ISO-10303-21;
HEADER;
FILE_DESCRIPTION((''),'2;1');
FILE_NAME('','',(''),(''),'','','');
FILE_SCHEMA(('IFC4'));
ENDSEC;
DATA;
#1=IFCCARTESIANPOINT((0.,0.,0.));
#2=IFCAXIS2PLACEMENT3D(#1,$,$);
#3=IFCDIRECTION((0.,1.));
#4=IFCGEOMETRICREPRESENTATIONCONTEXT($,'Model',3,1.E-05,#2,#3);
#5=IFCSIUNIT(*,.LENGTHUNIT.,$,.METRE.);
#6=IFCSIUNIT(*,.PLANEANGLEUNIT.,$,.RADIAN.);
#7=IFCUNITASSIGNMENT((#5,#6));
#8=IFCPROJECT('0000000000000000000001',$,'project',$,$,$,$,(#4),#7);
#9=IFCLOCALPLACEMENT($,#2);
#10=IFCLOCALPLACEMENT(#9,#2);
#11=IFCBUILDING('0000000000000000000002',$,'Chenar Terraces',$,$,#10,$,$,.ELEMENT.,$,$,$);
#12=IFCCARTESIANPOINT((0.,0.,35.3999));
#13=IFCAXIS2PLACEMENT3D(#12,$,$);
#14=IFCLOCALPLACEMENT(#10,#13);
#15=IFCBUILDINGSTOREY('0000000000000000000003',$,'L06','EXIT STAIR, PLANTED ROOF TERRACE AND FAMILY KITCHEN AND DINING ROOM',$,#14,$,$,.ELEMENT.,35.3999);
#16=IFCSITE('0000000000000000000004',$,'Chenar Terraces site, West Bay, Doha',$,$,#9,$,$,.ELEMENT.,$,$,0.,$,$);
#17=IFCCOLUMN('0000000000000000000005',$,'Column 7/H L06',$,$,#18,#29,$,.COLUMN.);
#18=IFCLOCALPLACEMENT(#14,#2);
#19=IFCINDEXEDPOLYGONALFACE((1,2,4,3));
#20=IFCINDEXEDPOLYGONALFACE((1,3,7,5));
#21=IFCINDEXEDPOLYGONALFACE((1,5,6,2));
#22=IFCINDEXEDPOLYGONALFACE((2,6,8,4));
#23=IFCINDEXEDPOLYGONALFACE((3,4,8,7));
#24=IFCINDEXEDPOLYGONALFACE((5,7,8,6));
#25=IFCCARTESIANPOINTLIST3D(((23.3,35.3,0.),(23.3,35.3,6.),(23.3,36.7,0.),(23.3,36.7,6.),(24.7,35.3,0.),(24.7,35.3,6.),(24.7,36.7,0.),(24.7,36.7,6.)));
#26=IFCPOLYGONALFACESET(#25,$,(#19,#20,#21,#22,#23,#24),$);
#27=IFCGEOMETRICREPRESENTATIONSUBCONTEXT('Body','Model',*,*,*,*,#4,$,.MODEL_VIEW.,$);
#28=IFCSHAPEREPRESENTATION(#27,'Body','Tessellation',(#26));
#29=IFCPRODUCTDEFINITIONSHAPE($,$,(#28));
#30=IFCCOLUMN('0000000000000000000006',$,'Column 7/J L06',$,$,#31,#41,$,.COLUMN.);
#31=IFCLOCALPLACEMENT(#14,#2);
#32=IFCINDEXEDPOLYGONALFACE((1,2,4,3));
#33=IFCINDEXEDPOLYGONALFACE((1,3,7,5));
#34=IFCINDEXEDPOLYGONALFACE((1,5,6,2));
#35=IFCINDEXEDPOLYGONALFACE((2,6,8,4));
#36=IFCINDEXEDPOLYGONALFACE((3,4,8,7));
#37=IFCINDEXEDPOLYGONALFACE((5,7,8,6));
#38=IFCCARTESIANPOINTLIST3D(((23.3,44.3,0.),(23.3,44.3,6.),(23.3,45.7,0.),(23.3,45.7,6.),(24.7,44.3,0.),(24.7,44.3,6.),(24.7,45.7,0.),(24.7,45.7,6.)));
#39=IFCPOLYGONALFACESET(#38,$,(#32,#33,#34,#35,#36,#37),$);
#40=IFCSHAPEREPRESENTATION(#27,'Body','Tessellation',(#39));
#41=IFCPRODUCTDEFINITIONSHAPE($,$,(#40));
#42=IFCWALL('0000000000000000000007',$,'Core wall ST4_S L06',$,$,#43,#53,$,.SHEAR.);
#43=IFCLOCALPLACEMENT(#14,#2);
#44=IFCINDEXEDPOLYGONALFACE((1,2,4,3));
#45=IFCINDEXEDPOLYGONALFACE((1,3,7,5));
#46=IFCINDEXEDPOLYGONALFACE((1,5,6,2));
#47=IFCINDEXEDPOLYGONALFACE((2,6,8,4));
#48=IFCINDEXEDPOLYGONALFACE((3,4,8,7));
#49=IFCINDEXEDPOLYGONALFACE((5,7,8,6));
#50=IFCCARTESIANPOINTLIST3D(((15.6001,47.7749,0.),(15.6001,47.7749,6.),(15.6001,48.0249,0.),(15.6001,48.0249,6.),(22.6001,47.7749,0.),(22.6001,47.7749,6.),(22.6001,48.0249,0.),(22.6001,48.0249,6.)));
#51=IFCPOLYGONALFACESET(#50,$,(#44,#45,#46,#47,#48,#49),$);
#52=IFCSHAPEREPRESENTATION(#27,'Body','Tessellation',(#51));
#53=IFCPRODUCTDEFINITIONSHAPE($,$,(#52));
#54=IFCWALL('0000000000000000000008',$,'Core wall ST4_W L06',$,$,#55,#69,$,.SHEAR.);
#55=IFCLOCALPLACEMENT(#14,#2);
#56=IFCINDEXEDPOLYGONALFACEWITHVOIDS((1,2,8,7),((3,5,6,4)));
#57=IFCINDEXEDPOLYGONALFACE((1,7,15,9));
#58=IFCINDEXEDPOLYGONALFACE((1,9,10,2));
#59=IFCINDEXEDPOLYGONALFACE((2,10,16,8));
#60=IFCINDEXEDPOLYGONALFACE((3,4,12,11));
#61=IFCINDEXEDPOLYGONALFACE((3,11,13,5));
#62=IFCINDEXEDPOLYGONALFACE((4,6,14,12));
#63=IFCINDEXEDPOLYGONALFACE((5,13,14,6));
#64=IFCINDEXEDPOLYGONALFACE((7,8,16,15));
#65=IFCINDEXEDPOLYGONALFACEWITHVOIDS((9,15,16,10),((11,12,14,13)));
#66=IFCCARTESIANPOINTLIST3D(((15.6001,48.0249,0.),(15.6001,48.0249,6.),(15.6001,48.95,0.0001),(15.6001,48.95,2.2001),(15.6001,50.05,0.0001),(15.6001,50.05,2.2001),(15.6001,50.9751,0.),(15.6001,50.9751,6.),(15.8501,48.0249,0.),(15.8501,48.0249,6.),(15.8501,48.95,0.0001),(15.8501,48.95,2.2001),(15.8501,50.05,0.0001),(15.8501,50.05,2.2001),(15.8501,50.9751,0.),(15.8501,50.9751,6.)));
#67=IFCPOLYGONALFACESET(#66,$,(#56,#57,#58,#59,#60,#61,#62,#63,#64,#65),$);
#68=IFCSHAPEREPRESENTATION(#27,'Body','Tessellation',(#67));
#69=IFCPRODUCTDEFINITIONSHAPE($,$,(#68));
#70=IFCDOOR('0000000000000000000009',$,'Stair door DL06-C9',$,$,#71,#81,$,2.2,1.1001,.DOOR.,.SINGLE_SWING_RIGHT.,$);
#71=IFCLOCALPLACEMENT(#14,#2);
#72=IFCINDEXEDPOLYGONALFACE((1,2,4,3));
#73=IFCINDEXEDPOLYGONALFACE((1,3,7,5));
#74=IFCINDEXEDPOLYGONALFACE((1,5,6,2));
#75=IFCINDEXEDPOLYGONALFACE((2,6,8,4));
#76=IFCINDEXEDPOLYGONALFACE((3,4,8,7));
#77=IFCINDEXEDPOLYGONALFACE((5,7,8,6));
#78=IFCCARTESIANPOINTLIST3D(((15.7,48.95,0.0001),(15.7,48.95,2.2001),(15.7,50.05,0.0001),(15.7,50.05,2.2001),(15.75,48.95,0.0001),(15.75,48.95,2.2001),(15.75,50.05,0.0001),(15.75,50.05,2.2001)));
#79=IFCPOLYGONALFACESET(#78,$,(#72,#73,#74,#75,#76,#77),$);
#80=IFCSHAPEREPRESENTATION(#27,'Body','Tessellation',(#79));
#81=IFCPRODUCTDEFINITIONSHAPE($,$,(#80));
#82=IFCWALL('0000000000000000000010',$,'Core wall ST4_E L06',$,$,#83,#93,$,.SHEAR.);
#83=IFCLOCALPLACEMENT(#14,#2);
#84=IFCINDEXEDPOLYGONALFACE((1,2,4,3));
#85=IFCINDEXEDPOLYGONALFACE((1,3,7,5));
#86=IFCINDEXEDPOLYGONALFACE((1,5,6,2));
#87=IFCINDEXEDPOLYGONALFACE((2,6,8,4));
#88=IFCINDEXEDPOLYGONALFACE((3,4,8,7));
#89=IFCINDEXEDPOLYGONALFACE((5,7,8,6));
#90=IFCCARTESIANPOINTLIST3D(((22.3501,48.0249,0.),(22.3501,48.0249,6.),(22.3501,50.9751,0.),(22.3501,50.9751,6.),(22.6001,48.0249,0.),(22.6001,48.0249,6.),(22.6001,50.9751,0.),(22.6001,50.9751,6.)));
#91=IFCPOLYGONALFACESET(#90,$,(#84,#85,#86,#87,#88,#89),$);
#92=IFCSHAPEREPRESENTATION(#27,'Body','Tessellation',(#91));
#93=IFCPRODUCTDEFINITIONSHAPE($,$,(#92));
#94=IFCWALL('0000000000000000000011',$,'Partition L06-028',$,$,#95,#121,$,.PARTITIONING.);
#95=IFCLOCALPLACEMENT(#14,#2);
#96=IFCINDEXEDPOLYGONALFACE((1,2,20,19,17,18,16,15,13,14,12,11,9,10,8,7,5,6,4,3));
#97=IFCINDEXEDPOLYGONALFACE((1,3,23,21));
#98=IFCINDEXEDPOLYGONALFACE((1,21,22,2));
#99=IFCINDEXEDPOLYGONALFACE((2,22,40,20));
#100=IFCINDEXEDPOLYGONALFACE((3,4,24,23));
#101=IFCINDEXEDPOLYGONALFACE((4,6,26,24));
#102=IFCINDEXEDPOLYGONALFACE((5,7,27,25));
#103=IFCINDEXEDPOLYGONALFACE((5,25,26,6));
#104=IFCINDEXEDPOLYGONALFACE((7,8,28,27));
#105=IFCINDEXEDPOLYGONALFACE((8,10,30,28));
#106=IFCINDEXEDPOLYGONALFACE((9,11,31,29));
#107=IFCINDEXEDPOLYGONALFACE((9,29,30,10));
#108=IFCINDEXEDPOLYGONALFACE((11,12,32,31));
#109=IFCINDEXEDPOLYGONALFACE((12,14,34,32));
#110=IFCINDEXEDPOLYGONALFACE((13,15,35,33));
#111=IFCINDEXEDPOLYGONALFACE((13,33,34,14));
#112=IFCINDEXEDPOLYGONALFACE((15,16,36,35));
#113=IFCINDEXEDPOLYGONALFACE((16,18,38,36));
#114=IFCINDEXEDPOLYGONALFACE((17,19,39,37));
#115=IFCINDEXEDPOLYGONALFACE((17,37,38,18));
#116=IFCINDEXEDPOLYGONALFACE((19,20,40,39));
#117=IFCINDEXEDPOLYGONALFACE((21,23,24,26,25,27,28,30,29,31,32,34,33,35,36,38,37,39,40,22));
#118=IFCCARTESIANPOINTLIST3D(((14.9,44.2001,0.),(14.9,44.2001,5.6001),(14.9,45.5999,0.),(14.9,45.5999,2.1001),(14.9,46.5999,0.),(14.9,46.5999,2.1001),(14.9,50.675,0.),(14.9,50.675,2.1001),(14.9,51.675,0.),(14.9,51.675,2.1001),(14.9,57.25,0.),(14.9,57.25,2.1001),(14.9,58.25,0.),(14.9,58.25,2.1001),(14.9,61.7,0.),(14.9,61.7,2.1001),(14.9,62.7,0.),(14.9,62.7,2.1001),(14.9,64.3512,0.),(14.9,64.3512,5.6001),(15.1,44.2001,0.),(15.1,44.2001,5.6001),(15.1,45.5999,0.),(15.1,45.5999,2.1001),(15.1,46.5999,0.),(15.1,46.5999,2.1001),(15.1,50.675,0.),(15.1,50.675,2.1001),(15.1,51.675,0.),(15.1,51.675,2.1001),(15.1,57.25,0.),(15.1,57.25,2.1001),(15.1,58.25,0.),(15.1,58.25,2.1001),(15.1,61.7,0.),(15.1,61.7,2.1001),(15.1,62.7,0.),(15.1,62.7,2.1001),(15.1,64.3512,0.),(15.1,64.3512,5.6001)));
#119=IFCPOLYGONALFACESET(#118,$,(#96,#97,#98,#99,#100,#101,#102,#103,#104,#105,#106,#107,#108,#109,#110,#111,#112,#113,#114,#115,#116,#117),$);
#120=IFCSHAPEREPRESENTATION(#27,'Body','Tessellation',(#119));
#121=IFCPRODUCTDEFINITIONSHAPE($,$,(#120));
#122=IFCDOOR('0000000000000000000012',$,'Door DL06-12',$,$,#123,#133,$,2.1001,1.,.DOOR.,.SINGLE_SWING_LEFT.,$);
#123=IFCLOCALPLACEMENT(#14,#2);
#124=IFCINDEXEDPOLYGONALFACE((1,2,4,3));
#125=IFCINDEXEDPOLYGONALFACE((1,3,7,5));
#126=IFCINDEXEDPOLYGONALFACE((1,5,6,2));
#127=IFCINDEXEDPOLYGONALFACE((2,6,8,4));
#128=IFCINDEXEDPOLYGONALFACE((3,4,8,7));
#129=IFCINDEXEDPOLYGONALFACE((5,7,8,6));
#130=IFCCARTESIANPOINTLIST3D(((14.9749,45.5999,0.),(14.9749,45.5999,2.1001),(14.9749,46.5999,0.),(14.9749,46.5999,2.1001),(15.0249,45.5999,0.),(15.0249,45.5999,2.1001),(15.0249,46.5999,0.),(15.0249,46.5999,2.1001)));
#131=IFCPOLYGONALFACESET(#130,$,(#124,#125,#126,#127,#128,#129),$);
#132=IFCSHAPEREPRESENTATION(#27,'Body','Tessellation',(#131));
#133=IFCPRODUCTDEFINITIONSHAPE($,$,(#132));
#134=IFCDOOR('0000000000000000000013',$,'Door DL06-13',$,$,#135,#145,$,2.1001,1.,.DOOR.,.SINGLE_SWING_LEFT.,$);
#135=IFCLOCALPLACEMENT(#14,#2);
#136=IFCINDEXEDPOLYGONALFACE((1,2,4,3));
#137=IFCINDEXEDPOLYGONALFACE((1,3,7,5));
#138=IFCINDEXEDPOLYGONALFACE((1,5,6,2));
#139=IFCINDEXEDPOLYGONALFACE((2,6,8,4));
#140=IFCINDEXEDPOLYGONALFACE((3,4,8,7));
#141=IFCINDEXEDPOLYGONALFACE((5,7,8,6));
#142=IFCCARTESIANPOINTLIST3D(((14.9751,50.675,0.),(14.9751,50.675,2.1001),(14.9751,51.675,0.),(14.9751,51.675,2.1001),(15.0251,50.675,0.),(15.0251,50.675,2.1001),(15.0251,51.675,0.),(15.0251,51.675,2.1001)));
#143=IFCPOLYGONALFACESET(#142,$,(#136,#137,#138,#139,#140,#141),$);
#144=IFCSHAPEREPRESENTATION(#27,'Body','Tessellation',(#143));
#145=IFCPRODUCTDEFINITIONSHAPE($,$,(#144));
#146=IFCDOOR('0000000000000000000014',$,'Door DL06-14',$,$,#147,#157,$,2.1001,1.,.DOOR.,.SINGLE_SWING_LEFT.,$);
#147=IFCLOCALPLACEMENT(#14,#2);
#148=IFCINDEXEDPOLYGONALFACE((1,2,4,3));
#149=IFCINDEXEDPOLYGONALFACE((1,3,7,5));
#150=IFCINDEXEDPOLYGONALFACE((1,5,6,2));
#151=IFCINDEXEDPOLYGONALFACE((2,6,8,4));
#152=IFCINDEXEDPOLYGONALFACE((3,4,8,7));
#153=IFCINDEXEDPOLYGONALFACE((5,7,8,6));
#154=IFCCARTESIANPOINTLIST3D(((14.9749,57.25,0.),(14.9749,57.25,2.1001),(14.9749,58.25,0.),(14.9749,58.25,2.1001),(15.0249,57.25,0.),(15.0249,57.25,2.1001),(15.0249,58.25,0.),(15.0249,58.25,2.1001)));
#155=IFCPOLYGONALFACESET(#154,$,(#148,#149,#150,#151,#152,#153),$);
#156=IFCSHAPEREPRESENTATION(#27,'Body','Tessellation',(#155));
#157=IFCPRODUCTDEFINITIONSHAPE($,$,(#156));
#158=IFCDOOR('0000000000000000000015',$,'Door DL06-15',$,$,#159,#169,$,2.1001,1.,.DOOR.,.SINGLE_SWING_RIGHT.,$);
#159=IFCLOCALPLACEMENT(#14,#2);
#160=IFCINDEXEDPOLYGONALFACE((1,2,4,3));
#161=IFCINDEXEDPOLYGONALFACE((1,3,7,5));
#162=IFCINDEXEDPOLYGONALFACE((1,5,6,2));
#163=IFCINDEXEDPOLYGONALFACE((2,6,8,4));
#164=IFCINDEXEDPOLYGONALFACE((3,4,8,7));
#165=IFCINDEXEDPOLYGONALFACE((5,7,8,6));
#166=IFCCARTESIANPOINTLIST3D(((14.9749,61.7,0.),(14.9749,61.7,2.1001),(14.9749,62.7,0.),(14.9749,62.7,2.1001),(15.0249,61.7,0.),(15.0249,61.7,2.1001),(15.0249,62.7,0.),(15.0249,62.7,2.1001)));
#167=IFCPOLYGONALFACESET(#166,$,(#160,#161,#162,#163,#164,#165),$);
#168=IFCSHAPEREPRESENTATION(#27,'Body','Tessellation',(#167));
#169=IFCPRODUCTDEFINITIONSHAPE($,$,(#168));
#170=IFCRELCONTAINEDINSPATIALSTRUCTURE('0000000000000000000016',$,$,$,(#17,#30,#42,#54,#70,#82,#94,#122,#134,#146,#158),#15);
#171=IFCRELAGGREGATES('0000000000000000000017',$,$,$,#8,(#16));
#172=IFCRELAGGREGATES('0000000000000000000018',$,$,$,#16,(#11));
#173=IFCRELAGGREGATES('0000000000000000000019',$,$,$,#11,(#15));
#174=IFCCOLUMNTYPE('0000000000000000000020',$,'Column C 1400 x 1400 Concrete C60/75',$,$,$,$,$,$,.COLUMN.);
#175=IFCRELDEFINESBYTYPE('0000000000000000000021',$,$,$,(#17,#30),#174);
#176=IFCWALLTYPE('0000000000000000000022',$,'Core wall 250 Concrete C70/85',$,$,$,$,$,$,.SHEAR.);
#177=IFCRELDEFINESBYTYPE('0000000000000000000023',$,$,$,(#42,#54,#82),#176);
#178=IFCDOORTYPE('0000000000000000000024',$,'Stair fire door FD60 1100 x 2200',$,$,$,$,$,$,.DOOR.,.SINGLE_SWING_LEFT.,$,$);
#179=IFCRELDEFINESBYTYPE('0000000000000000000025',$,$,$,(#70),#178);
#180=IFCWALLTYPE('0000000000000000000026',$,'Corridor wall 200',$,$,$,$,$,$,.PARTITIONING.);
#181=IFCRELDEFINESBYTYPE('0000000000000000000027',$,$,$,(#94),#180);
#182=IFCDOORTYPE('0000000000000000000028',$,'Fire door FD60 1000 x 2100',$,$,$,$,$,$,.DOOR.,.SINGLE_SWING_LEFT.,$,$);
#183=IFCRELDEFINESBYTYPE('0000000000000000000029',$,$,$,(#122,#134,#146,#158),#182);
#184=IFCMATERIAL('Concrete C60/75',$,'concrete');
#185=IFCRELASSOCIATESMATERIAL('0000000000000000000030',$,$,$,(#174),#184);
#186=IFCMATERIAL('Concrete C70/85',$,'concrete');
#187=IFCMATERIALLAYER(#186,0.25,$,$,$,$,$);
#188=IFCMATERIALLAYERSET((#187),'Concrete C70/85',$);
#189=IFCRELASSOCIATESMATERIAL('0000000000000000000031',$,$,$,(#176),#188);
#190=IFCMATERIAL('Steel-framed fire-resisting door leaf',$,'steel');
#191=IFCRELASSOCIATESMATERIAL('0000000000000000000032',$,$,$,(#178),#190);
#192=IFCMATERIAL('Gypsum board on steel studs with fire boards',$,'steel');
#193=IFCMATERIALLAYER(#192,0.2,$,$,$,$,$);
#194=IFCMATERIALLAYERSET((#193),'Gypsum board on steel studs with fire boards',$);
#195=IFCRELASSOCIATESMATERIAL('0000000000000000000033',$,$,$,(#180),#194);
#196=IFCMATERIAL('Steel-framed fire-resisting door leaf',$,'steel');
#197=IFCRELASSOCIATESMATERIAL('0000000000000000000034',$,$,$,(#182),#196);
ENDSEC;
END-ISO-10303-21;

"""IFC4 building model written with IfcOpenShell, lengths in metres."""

from ifc_helpers import new_model, si_unit, direction, frame, frame_2d, origin, origin_2d, place, context, subcontext, project, spatial, rectangle, extrude, material, layer, layer_set, material_profile, profile_set, type_object, element, fill, save


model = new_model("IFC4")

# Units and contexts
model_context = context("Model", 3, precision=1e-05, world=origin(), true_north=direction((0.0, 1.0)))
body_context = subcontext(model_context, "Body", "Model", "MODEL_VIEW")
ifc_project = project(units=[si_unit("LENGTHUNIT", "METRE"), si_unit("PLANEANGLEUNIT", "RADIAN")], contexts=[model_context])

# Site, building, storey
site_placement = place(None, origin())
site = spatial("IfcSite", under=ifc_project, at=site_placement, Name="Chenar Terraces site, West Bay, Doha", CompositionType="ELEMENT", RefElevation=0.0)
building_placement = place(site_placement, origin())
building = spatial("IfcBuilding", under=site, at=building_placement, Name="Chenar Terraces", CompositionType="ELEMENT")
storey_placement = place(building_placement, frame((0.0, 0.0, 35.3999)))
storey = spatial("IfcBuildingStorey", under=building, at=storey_placement, Name="L06", Description="EXIT STAIR, PLANTED ROOF TERRACE AND FAMILY KITCHEN AND DINING ROOM", CompositionType="ELEMENT", Elevation=35.3999)

# Columns
ifc_material_1 = material(Name="Concrete C60/75", Category="concrete")
ifc_material_profile = material_profile(ifc_material_1, rectangle(XDim=1.3999, YDim=1.3999, at=origin_2d()), Name="C 1400 x 1400")
ifc_profile_set = profile_set([ifc_material_profile], Name="Concrete C60/75")
column_type = type_object("IfcColumnType", Name="Column C 1400 x 1400 Concrete C60/75", PredefinedType="COLUMN", material=ifc_profile_set)
for number, where, z_axis, x_axis, name in (
    (1, (24.0, 36.0, 0.0), (0.0, 0.0, 1.0), (1.0, 0.0, 0.0), "Column 7/H L06"),
    (2, (24.0, 45.0, 0.0), (0.0, 0.0, 1.0), (1.0, 0.0, 0.0), "Column 7/J L06"),
):
    element("IfcColumn", number, at=place(storey_placement, frame(where, z_axis=z_axis, x_axis=x_axis)), inside=storey, type_object=column_type, Name=name, PredefinedType="COLUMN", context=body_context, shape_type="SweptSolid", body=[
        extrude(rectangle(XDim=1.3999, YDim=1.3999, at=origin_2d()), origin(), (0.0, 0.0, 1.0), 6.0),
    ])

# Wall
ifc_material_2 = material(Name="Concrete C70/85", Category="concrete")
ifc_layer_1 = layer(ifc_material_2, 0.25)
ifc_layer_set_1 = layer_set([ifc_layer_1], Name="Concrete C70/85")
wall_type_1 = type_object("IfcWallType", Name="Core wall 250 Concrete C70/85", PredefinedType="SHEAR", material=ifc_layer_set_1)
wall_1_placement = place(storey_placement, frame((15.6001, 47.8999, 0.0), z_axis=(0.0, 0.0, 1.0), x_axis=(1.0, 0.0, 0.0)))
element("IfcWall", 3, at=wall_1_placement, inside=storey, type_object=wall_type_1, Name="Core wall ST4_S L06", PredefinedType="SHEAR", context=body_context, shape_type="SweptSolid", body=[
    extrude(rectangle(XDim=7.0, YDim=0.25, at=frame_2d((3.5, 0.0))), origin(), (0.0, 0.0, 1.0), 6.0),
])

# Wall, opening, door
wall_2_placement = place(storey_placement, frame((15.7251, 48.0249, 0.0), z_axis=(0.0, 0.0, 1.0), x_axis=(0.0, 1.0, 0.0)))
wall_2 = element("IfcWall", 4, at=wall_2_placement, inside=storey, type_object=wall_type_1, Name="Core wall ST4_W L06", PredefinedType="SHEAR", context=body_context, shape_type="SweptSolid", body=[
    extrude(rectangle(XDim=2.9502, YDim=0.25, at=frame_2d((1.4751, 0.0))), origin(), (0.0, 0.0, 1.0), 6.0),
])
opening_1_placement = place(wall_2_placement, frame((0.925, 0.0, 0.0)))
opening_1 = element("IfcOpeningElement", 5, at=opening_1_placement, cuts=wall_2, PredefinedType="OPENING", context=body_context, shape_type="SweptSolid", body=[
    extrude(rectangle(XDim=1.1001, YDim=2.2, at=frame_2d((0.55, 1.1001))), frame((0.0, 0.135, 0.0), z_axis=(0.0, -1.0, 0.0), x_axis=(1.0, 0.0, 0.0)), (0.0, 0.0, 1.0), 0.27),
])
ifc_material_3 = material(Name="Steel-framed fire-resisting door leaf", Category="steel")
door_type_1 = type_object("IfcDoorType", Name="Stair fire door FD60 1100 x 2200", OperationType="SINGLE_SWING_LEFT", PredefinedType="DOOR", material=ifc_material_3)
door_1_placement = place(opening_1_placement, frame((1.1001, 0.0, 0.0), z_axis=(0.0, 0.0, 1.0), x_axis=(-1.0, 0.0, 0.0)))
door_1 = element("IfcDoor", 6, at=door_1_placement, inside=storey, type_object=door_type_1, Name="Stair door DL06-C9", OperationType="SINGLE_SWING_RIGHT", OverallHeight=2.2, OverallWidth=1.1001, PredefinedType="DOOR", context=body_context, shape_type="SweptSolid", body=[
    extrude(rectangle(XDim=1.1001, YDim=2.2, at=frame_2d((0.55, 1.1001))), frame((0.0, 0.0249, 0.0), z_axis=(0.0, -1.0, 0.0), x_axis=(1.0, 0.0, 0.0)), (0.0, 0.0, 1.0), 0.05),
])
fill(opening_1, door_1)

# Wall
wall_3_placement = place(storey_placement, frame((22.4751, 48.0249, 0.0), z_axis=(0.0, 0.0, 1.0), x_axis=(0.0, 1.0, 0.0)))
element("IfcWall", 7, at=wall_3_placement, inside=storey, type_object=wall_type_1, Name="Core wall ST4_E L06", PredefinedType="SHEAR", context=body_context, shape_type="SweptSolid", body=[
    extrude(rectangle(XDim=2.9502, YDim=0.25, at=frame_2d((1.4751, 0.0))), origin(), (0.0, 0.0, 1.0), 6.0),
])

# Wall, openings, doors
ifc_material_4 = material(Name="Gypsum board on steel studs with fire boards", Category="steel")
ifc_layer_2 = layer(ifc_material_4, 0.2)
ifc_layer_set_2 = layer_set([ifc_layer_2], Name="Gypsum board on steel studs with fire boards")
wall_type_2 = type_object("IfcWallType", Name="Corridor wall 200", PredefinedType="PARTITIONING", material=ifc_layer_set_2)
wall_4_placement = place(storey_placement, frame((15.0, 44.2, 0.0), z_axis=(0.0, 0.0, 1.0), x_axis=(0.0, 1.0, 0.0)))
wall_4 = element("IfcWall", 8, at=wall_4_placement, inside=storey, type_object=wall_type_2, Name="Partition L06-028", PredefinedType="PARTITIONING", context=body_context, shape_type="SweptSolid", body=[
    extrude(rectangle(XDim=20.1511, YDim=0.2, at=frame_2d((10.0757, 0.0))), origin(), (0.0, 0.0, 1.0), 5.6001),
])
opening_2_placement = place(wall_4_placement, frame((1.3999, 0.0, 0.0)))
opening_2 = element("IfcOpeningElement", 9, at=opening_2_placement, cuts=wall_4, PredefinedType="OPENING", context=body_context, shape_type="SweptSolid", body=[
    extrude(rectangle(XDim=1.0, YDim=2.1001, at=frame_2d((0.5, 1.05))), frame((0.0, 0.1099, 0.0), z_axis=(0.0, -1.0, 0.0), x_axis=(1.0, 0.0, 0.0)), (0.0, 0.0, 1.0), 0.22),
])
opening_3_placement = place(wall_4_placement, frame((6.4751, 0.0, 0.0)))
opening_3 = element("IfcOpeningElement", 10, at=opening_3_placement, cuts=wall_4, PredefinedType="OPENING", context=body_context, shape_type="SweptSolid", body=[
    extrude(rectangle(XDim=1.0, YDim=2.1001, at=frame_2d((0.5, 1.05))), frame((0.0, 0.1099, 0.0), z_axis=(0.0, -1.0, 0.0), x_axis=(1.0, 0.0, 0.0)), (0.0, 0.0, 1.0), 0.22),
])
opening_4_placement = place(wall_4_placement, frame((13.05, 0.0, 0.0)))
opening_4 = element("IfcOpeningElement", 11, at=opening_4_placement, cuts=wall_4, PredefinedType="OPENING", context=body_context, shape_type="SweptSolid", body=[
    extrude(rectangle(XDim=1.0, YDim=2.1001, at=frame_2d((0.5, 1.05))), frame((0.0, 0.1099, 0.0), z_axis=(0.0, -1.0, 0.0), x_axis=(1.0, 0.0, 0.0)), (0.0, 0.0, 1.0), 0.22),
])
opening_5_placement = place(wall_4_placement, frame((17.5, 0.0, 0.0)))
opening_5 = element("IfcOpeningElement", 12, at=opening_5_placement, cuts=wall_4, PredefinedType="OPENING", context=body_context, shape_type="SweptSolid", body=[
    extrude(rectangle(XDim=1.0, YDim=2.1001, at=frame_2d((0.5, 1.05))), frame((0.0, 0.1099, 0.0), z_axis=(0.0, -1.0, 0.0), x_axis=(1.0, 0.0, 0.0)), (0.0, 0.0, 1.0), 0.22),
])
ifc_material_5 = material(Name="Steel-framed fire-resisting door leaf", Category="steel")
door_type_2 = type_object("IfcDoorType", Name="Fire door FD60 1000 x 2100", OperationType="SINGLE_SWING_LEFT", PredefinedType="DOOR", material=ifc_material_5)
door_2_placement = place(opening_2_placement, frame((1.0, 0.0, 0.0), z_axis=(0.0, 0.0, 1.0), x_axis=(-1.0, 0.0, 0.0)))
door_2 = element("IfcDoor", 13, at=door_2_placement, inside=storey, type_object=door_type_2, Name="Door DL06-12", OperationType="SINGLE_SWING_LEFT", OverallHeight=2.1001, OverallWidth=1.0, PredefinedType="DOOR", context=body_context, shape_type="SweptSolid", body=[
    extrude(rectangle(XDim=1.0, YDim=2.1001, at=frame_2d((0.5, 1.05))), frame((0.0, 0.0249, 0.0), z_axis=(0.0, -1.0, 0.0), x_axis=(1.0, 0.0, 0.0)), (0.0, 0.0, 1.0), 0.05),
])
fill(opening_2, door_2)
door_3_placement = place(opening_3_placement, origin())
door_3 = element("IfcDoor", 14, at=door_3_placement, inside=storey, type_object=door_type_2, Name="Door DL06-13", OperationType="SINGLE_SWING_LEFT", OverallHeight=2.1001, OverallWidth=1.0, PredefinedType="DOOR", context=body_context, shape_type="SweptSolid", body=[
    extrude(rectangle(XDim=1.0, YDim=2.1001, at=frame_2d((0.5, 1.05))), frame((0.0, 0.0249, 0.0), z_axis=(0.0, -1.0, 0.0), x_axis=(1.0, 0.0, 0.0)), (0.0, 0.0, 1.0), 0.05),
])
fill(opening_3, door_3)
door_4_placement = place(opening_4_placement, frame((1.0, 0.0, 0.0), z_axis=(0.0, 0.0, 1.0), x_axis=(-1.0, 0.0, 0.0)))
door_4 = element("IfcDoor", 15, at=door_4_placement, inside=storey, type_object=door_type_2, Name="Door DL06-14", OperationType="SINGLE_SWING_LEFT", OverallHeight=2.1001, OverallWidth=1.0, PredefinedType="DOOR", context=body_context, shape_type="SweptSolid", body=[
    extrude(rectangle(XDim=1.0, YDim=2.1001, at=frame_2d((0.5, 1.05))), frame((0.0, 0.0249, 0.0), z_axis=(0.0, -1.0, 0.0), x_axis=(1.0, 0.0, 0.0)), (0.0, 0.0, 1.0), 0.05),
])
fill(opening_4, door_4)
door_5_placement = place(opening_5_placement, frame((1.0, 0.0, 0.0), z_axis=(0.0, 0.0, 1.0), x_axis=(-1.0, 0.0, 0.0)))
door_5 = element("IfcDoor", 16, at=door_5_placement, inside=storey, type_object=door_type_2, Name="Door DL06-15", OperationType="SINGLE_SWING_RIGHT", OverallHeight=2.1001, OverallWidth=1.0, PredefinedType="DOOR", context=body_context, shape_type="SweptSolid", body=[
    extrude(rectangle(XDim=1.0, YDim=2.1001, at=frame_2d((0.5, 1.05))), frame((0.0, 0.0249, 0.0), z_axis=(0.0, -1.0, 0.0), x_axis=(1.0, 0.0, 0.0)), (0.0, 0.0, 1.0), 0.05),
])
fill(opening_5, door_5)

save(model, "model.ifc")
